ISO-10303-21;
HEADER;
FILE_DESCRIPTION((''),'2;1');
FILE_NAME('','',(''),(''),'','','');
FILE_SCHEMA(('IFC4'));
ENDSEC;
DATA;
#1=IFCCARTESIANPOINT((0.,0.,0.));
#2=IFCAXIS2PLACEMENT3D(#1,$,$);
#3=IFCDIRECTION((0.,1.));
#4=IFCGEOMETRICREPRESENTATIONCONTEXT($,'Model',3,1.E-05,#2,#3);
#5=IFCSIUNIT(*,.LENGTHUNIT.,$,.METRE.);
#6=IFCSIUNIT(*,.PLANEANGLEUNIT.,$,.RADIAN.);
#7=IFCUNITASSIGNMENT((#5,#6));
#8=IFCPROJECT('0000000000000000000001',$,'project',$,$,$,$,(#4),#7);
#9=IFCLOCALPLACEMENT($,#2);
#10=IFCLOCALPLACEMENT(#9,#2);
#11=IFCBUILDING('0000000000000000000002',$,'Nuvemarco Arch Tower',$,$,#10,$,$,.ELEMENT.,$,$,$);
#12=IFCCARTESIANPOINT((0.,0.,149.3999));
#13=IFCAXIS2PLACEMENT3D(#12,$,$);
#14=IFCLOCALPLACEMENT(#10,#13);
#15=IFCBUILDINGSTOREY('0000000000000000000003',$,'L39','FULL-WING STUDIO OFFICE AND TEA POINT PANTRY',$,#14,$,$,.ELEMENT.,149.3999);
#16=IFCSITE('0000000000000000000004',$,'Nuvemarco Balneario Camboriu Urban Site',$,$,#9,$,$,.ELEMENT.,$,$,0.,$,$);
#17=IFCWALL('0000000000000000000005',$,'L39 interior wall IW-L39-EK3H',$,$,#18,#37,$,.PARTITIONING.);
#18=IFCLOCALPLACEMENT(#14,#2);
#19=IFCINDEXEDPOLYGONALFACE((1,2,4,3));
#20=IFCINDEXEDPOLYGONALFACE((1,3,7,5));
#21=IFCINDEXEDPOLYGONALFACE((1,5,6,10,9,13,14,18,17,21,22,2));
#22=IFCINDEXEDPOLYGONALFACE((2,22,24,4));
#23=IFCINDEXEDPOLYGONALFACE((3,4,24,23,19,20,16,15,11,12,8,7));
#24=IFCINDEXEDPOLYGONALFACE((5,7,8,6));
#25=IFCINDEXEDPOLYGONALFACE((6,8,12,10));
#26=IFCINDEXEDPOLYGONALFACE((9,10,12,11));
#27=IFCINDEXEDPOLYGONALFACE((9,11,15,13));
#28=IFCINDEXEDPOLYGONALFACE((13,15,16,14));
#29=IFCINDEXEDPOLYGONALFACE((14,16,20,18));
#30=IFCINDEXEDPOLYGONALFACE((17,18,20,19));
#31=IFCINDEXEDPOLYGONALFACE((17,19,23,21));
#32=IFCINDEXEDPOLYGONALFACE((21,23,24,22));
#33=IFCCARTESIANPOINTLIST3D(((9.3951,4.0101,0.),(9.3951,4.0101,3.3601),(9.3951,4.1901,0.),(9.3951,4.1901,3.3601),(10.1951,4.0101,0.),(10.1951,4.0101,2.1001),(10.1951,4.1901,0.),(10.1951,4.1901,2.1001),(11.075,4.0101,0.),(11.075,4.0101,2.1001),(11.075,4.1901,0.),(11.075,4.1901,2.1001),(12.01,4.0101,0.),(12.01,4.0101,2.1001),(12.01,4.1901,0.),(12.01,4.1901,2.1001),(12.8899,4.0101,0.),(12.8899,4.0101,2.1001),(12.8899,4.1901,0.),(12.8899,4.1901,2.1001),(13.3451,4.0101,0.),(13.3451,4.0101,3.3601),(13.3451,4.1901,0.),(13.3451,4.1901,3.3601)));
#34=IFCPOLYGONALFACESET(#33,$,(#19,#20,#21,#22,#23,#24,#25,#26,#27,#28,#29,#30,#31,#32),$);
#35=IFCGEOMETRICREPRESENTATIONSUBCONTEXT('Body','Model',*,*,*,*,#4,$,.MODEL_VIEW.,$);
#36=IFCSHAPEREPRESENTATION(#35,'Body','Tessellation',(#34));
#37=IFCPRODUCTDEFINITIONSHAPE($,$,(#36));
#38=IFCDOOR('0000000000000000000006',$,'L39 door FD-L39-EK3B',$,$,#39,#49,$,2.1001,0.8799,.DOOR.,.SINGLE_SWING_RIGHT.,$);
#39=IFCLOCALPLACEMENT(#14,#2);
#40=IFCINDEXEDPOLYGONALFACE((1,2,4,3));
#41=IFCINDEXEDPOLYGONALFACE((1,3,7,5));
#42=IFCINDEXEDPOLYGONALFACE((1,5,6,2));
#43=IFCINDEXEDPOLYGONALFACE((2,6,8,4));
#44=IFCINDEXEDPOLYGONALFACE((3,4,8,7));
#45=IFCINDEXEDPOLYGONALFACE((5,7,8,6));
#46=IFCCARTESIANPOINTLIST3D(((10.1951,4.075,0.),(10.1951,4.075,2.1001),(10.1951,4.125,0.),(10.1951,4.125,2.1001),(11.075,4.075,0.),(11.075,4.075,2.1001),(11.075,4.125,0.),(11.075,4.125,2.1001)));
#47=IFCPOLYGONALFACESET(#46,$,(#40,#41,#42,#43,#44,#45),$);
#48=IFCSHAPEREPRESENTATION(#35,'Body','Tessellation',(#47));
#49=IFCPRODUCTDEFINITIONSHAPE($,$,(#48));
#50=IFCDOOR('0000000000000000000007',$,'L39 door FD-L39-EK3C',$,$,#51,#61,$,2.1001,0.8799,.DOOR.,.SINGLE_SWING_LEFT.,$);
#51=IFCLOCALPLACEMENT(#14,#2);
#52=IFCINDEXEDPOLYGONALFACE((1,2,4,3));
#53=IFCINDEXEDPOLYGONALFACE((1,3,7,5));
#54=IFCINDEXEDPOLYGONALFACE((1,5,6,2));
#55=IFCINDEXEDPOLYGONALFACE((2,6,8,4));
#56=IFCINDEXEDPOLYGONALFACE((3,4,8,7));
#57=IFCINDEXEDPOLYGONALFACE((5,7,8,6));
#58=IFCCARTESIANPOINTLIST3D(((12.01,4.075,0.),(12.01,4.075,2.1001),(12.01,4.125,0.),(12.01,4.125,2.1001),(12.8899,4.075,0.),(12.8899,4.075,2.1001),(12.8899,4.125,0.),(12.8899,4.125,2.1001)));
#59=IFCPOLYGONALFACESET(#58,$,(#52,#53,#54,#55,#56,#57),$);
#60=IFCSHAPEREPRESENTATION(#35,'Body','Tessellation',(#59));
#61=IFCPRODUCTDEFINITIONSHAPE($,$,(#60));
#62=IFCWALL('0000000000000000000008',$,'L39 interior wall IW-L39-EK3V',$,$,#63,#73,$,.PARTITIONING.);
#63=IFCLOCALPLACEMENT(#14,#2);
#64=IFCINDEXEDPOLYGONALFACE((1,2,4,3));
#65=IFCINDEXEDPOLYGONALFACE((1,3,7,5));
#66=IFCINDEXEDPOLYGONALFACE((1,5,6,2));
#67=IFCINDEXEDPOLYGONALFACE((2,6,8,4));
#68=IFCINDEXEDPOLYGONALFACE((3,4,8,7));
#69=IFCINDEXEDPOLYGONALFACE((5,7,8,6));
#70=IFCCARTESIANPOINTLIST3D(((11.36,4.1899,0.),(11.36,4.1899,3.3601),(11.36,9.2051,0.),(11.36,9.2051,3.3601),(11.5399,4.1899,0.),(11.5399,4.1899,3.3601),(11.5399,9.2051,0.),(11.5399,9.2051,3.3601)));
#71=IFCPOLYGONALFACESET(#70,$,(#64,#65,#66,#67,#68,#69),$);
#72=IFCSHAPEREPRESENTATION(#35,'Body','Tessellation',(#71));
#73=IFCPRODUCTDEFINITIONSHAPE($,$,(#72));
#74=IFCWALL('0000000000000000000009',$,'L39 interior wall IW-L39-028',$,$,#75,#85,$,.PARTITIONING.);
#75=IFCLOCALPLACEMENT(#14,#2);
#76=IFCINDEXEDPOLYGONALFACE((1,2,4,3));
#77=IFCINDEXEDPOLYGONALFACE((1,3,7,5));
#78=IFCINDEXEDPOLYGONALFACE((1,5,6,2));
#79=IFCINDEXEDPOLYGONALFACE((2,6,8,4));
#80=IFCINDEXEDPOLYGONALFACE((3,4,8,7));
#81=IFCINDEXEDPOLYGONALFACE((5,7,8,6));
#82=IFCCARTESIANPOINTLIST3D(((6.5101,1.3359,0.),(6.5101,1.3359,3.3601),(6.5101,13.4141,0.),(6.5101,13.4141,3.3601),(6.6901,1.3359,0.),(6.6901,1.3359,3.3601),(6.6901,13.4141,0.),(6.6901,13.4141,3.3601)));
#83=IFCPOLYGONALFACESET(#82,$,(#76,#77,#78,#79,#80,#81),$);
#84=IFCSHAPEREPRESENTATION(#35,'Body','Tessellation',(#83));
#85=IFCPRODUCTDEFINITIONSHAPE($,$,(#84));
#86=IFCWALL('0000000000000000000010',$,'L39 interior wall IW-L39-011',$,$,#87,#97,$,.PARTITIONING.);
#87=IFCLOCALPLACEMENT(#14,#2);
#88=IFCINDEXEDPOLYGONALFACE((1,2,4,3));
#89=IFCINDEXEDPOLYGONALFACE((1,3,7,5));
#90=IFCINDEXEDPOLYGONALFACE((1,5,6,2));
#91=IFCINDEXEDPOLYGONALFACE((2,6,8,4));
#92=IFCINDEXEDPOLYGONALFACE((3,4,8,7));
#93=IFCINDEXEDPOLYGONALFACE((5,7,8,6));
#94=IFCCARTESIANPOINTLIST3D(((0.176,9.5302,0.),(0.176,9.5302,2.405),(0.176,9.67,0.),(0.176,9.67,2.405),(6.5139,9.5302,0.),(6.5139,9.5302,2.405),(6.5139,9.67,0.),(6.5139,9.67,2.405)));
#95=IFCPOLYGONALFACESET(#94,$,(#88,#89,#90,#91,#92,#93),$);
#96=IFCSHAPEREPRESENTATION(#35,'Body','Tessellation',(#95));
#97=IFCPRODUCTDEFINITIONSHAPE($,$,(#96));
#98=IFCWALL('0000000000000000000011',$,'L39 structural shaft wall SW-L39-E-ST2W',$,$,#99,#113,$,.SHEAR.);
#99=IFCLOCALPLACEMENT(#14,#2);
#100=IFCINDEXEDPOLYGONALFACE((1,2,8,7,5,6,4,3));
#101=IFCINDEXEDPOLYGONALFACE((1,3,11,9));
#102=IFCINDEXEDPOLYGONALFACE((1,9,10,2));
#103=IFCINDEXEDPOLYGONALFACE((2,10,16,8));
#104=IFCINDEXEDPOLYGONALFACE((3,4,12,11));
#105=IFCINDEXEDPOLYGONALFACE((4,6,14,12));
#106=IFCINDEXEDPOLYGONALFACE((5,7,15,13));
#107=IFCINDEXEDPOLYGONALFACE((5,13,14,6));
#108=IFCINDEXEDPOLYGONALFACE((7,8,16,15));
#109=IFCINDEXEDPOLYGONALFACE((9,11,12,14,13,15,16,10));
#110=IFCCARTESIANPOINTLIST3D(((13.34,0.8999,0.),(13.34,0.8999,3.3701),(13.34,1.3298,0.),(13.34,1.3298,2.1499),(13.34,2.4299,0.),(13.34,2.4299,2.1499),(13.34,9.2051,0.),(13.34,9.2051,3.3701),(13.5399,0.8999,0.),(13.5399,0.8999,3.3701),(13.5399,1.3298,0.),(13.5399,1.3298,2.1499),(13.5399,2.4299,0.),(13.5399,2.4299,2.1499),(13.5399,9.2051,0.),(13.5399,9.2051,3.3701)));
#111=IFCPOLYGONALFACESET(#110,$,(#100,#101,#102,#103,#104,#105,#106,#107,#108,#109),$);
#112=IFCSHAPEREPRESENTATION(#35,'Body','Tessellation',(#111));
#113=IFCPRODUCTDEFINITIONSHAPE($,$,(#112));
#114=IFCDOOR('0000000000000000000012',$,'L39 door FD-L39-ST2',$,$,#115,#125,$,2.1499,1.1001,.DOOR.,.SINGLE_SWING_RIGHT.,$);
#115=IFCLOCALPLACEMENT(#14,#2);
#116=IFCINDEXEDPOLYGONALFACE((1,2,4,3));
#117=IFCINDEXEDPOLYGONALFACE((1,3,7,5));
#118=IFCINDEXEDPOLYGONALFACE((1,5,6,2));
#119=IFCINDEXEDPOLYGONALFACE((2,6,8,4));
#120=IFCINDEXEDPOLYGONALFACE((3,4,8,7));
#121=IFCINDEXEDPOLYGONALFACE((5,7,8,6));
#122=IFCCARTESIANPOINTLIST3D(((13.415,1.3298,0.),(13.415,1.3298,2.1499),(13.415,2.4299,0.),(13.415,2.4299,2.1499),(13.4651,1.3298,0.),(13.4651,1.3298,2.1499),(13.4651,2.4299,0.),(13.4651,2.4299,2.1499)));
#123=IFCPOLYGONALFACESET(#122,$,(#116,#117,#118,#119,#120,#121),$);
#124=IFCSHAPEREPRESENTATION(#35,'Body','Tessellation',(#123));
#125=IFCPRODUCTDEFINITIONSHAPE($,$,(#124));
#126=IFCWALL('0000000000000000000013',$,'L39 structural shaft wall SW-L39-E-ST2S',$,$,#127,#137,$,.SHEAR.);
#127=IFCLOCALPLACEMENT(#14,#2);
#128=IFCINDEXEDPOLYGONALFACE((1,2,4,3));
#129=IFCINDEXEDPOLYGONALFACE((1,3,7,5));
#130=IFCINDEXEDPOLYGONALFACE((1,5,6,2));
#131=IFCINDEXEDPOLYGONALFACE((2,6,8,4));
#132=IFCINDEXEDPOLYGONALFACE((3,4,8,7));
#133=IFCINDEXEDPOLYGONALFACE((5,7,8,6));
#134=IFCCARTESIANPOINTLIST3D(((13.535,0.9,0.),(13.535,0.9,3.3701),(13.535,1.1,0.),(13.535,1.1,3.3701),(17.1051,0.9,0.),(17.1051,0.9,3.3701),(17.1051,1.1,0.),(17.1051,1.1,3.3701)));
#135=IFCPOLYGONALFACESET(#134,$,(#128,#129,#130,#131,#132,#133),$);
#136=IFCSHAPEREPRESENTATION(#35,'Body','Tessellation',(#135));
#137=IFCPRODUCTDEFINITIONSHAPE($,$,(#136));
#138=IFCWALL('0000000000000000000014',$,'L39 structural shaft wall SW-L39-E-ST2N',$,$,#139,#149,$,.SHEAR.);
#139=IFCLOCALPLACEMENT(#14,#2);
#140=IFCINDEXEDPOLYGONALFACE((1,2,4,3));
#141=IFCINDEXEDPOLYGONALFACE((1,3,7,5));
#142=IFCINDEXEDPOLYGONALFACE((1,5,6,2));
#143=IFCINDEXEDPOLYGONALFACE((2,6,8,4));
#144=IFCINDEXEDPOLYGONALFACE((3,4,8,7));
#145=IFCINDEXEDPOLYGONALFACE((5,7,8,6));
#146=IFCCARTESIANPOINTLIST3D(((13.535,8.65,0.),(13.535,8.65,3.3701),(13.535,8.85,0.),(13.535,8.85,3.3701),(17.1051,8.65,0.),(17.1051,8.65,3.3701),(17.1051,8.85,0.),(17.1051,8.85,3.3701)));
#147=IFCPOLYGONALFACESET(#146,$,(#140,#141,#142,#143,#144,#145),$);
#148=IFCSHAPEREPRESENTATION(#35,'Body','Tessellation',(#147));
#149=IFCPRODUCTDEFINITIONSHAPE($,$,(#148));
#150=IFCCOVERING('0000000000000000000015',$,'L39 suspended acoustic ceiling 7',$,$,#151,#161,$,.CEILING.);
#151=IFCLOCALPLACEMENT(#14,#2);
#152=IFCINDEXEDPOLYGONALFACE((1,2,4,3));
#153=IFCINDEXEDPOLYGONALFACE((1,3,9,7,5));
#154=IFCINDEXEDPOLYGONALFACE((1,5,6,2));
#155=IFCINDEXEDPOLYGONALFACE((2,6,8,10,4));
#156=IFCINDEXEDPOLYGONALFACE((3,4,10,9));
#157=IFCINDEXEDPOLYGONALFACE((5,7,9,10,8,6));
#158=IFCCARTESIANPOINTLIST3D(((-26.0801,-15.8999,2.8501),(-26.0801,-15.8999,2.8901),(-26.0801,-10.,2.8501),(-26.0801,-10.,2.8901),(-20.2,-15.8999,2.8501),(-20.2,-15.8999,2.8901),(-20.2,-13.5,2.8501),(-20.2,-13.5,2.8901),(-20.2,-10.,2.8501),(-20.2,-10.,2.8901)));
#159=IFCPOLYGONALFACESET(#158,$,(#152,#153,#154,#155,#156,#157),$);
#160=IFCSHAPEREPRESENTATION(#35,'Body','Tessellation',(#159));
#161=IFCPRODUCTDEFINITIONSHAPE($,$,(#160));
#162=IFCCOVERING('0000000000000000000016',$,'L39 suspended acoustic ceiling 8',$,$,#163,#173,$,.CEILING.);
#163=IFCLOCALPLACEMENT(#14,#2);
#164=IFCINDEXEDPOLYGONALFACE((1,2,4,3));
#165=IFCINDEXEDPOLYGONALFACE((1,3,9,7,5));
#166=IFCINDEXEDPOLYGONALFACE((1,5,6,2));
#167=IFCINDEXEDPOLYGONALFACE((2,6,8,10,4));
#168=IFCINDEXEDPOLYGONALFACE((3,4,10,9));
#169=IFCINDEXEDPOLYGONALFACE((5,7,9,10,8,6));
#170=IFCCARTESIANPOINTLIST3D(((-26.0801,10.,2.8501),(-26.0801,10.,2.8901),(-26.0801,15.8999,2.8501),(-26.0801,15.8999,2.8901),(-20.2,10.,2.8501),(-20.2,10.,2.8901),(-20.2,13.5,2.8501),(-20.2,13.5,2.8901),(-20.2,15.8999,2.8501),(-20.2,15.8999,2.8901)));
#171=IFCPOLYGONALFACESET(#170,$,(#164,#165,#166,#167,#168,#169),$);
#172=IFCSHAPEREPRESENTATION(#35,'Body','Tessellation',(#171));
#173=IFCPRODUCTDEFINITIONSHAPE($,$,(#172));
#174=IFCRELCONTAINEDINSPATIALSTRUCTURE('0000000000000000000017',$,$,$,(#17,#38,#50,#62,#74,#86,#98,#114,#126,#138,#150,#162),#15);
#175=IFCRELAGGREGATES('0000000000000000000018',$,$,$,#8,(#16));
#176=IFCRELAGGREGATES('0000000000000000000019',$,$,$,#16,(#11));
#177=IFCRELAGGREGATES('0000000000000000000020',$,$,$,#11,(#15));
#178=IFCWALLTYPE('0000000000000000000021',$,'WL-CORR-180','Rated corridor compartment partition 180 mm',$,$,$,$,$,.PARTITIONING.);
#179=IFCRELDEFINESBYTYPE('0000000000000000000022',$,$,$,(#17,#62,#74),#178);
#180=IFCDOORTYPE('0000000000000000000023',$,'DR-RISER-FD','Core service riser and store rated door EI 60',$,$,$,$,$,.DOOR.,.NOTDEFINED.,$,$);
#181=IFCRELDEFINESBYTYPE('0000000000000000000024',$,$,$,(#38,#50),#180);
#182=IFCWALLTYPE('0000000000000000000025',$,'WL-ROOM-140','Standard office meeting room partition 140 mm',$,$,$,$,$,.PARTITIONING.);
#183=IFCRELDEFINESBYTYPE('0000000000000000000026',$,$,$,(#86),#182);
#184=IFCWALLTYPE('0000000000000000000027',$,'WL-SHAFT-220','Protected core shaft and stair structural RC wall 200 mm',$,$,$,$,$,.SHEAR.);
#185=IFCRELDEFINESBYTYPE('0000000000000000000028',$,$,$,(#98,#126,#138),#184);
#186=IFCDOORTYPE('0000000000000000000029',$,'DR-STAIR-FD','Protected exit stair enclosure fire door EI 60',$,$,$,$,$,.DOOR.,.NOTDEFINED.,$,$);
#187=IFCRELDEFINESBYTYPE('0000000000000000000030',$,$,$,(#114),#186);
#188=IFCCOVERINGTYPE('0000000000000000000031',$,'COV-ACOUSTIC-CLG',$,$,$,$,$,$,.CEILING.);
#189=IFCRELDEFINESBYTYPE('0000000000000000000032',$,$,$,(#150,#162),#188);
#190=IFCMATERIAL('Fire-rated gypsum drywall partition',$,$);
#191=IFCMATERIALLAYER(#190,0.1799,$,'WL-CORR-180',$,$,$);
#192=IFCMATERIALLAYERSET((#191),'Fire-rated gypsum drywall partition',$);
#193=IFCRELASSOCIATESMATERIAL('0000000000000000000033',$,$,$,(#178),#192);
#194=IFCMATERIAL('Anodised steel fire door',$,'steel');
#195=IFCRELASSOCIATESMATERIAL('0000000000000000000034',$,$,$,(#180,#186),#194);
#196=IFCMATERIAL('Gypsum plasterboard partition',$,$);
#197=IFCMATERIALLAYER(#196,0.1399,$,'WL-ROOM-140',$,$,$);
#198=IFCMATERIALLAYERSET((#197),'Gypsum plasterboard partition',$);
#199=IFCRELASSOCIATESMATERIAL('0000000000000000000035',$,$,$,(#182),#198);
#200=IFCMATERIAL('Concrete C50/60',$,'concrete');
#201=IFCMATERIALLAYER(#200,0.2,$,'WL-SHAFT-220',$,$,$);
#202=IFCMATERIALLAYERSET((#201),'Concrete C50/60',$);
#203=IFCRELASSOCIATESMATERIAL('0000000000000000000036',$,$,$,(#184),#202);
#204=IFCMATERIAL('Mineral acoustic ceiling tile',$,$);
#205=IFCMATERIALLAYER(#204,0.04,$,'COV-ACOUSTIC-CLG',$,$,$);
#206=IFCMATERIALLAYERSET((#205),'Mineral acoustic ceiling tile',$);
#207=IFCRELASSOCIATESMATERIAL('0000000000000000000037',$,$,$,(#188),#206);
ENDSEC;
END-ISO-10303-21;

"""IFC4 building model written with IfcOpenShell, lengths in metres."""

from ifc_helpers import new_model, si_unit, direction, frame, frame_2d, origin, place, context, subcontext, project, spatial, polyline, rectangle, outline, extrude, source, transform, mapped, material, layer, layer_set, type_object, type_shapes, element, fill, save


model = new_model("IFC4")

# Units and contexts
model_context = context("Model", 3, precision=1e-05, world=origin(), true_north=direction((0.0, 1.0)))
body_context = subcontext(model_context, "Body", "Model", "MODEL_VIEW")
ifc_project = project(units=[si_unit("LENGTHUNIT", "METRE"), si_unit("PLANEANGLEUNIT", "RADIAN")], contexts=[model_context])

# Site, building, storey
site_placement = place(None, origin())
site = spatial("IfcSite", under=ifc_project, at=site_placement, Name="Nuvemarco Balneario Camboriu Urban Site", CompositionType="ELEMENT", RefElevation=0.0)
building_placement = place(site_placement, origin())
building = spatial("IfcBuilding", under=site, at=building_placement, Name="Nuvemarco Arch Tower", CompositionType="ELEMENT")
storey_placement = place(building_placement, frame((0.0, 0.0, 149.3999)))
storey = spatial("IfcBuildingStorey", under=building, at=storey_placement, Name="L39", Description="FULL-WING STUDIO OFFICE AND TEA POINT PANTRY", CompositionType="ELEMENT", Elevation=149.3999)

# Shared definitions
ifc_material_1 = material(Name="Concrete C50/60", Category="concrete")

# Shared definitions
ifc_material_2 = material(Name="Fire-rated gypsum drywall partition")
ifc_layer_1 = layer(ifc_material_2, 0.1799, Name="WL-CORR-180")
ifc_layer_set_1 = layer_set([ifc_layer_1], Name="Fire-rated gypsum drywall partition")
wall_type_1 = type_object("IfcWallType", Name="WL-CORR-180", Description="Rated corridor compartment partition 180 mm", PredefinedType="PARTITIONING", material=ifc_layer_set_1)
ifc_material_3 = material(Name="Anodised steel fire door", Category="steel")
door_type_1 = type_object("IfcDoorType", Name="DR-RISER-FD", Description="Core service riser and store rated door EI 60", OperationType="NOTDEFINED", PredefinedType="DOOR", material=ifc_material_3)
shared_shape_1 = source(origin(), body_context, "Body", "SweptSolid", [
    extrude(rectangle(XDim=0.8799, YDim=2.1001, at=frame_2d((0.4399, 1.05))), frame((0.0, 0.0249, 0.0), z_axis=(0.0, -1.0, 0.0), x_axis=(1.0, 0.0, 0.0)), (0.0, 0.0, 1.0), 0.05),
])
type_shapes(door_type_1, [shared_shape_1])

# Wall, openings, doors
wall_1_placement = place(storey_placement, frame((9.395, 4.1001, 0.0), z_axis=(0.0, 0.0, 1.0), x_axis=(1.0, 0.0, 0.0)))
wall_1 = element("IfcWall", 1, at=wall_1_placement, inside=storey, type_object=wall_type_1, Name="L39 interior wall IW-L39-EK3H", PredefinedType="PARTITIONING", context=body_context, shape_type="SweptSolid", body=[
    extrude(rectangle(XDim=3.95, YDim=0.1799, at=frame_2d((1.9751, 0.0))), origin(), (0.0, 0.0, 1.0), 3.3601),
])
opening_1_placement = place(wall_1_placement, frame((0.8, 0.0, 0.0)))
opening_1 = element("IfcOpeningElement", 2, at=opening_1_placement, cuts=wall_1, PredefinedType="OPENING", context=body_context, shape_type="SweptSolid", body=[
    extrude(rectangle(XDim=0.8799, YDim=2.1001, at=frame_2d((0.4399, 1.05))), frame((0.0, 0.0999, 0.0), z_axis=(0.0, -1.0, 0.0), x_axis=(1.0, 0.0, 0.0)), (0.0, 0.0, 1.0), 0.2),
])
opening_2_placement = place(wall_1_placement, frame((2.615, 0.0, 0.0)))
opening_2 = element("IfcOpeningElement", 3, at=opening_2_placement, cuts=wall_1, PredefinedType="OPENING", context=body_context, shape_type="SweptSolid", body=[
    extrude(rectangle(XDim=0.8799, YDim=2.1001, at=frame_2d((0.4399, 1.05))), frame((0.0, 0.0999, 0.0), z_axis=(0.0, -1.0, 0.0), x_axis=(1.0, 0.0, 0.0)), (0.0, 0.0, 1.0), 0.2),
])
door_1_placement = place(opening_1_placement, origin())
door_1 = element("IfcDoor", 4, at=door_1_placement, inside=storey, type_object=door_type_1, Name="L39 door FD-L39-EK3B", OperationType="SINGLE_SWING_RIGHT", OverallHeight=2.1001, OverallWidth=0.8799, PredefinedType="DOOR", context=body_context, shape_type="MappedRepresentation", body=[
    mapped(shared_shape_1, transform((0.0, 0.0, 0.0), scale=1.0)),
])
fill(opening_1, door_1)
door_2_placement = place(opening_2_placement, origin())
door_2 = element("IfcDoor", 5, at=door_2_placement, inside=storey, type_object=door_type_1, Name="L39 door FD-L39-EK3C", OperationType="SINGLE_SWING_LEFT", OverallHeight=2.1001, OverallWidth=0.8799, PredefinedType="DOOR", context=body_context, shape_type="MappedRepresentation", body=[
    mapped(shared_shape_1, transform((0.0, 0.0, 0.0), scale=1.0)),
])
fill(opening_2, door_2)

# Walls
wall_2_placement = place(storey_placement, frame((11.45, 4.1899, 0.0), z_axis=(0.0, 0.0, 1.0), x_axis=(0.0, 1.0, 0.0)))
element("IfcWall", 6, at=wall_2_placement, inside=storey, type_object=wall_type_1, Name="L39 interior wall IW-L39-EK3V", PredefinedType="PARTITIONING", context=body_context, shape_type="SweptSolid", body=[
    extrude(rectangle(XDim=5.0151, YDim=0.1799, at=frame_2d((2.5076, 0.0))), origin(), (0.0, 0.0, 1.0), 3.3601),
])
wall_3_placement = place(storey_placement, frame((6.6001, 1.3359, 0.0), z_axis=(0.0, 0.0, 1.0), x_axis=(0.0, 1.0, 0.0)))
element("IfcWall", 7, at=wall_3_placement, inside=storey, type_object=wall_type_1, Name="L39 interior wall IW-L39-028", PredefinedType="PARTITIONING", context=body_context, shape_type="SweptSolid", body=[
    extrude(rectangle(XDim=12.0781, YDim=0.1799, at=frame_2d((6.0391, 0.0))), origin(), (0.0, 0.0, 1.0), 3.3601),
])
ifc_material_4 = material(Name="Gypsum plasterboard partition")
ifc_layer_2 = layer(ifc_material_4, 0.1399, Name="WL-ROOM-140")
ifc_layer_set_2 = layer_set([ifc_layer_2], Name="Gypsum plasterboard partition")
wall_type_2 = type_object("IfcWallType", Name="WL-ROOM-140", Description="Standard office meeting room partition 140 mm", PredefinedType="PARTITIONING", material=ifc_layer_set_2)
wall_4_placement = place(storey_placement, frame((0.176, 9.6001, 0.0), z_axis=(0.0, 0.0, 1.0), x_axis=(1.0, 0.0, 0.0)))
element("IfcWall", 8, at=wall_4_placement, inside=storey, type_object=wall_type_2, Name="L39 interior wall IW-L39-011", PredefinedType="PARTITIONING", context=body_context, shape_type="SweptSolid", body=[
    extrude(rectangle(XDim=6.3379, YDim=0.1399, at=frame_2d((3.1689, 0.0))), origin(), (0.0, 0.0, 1.0), 2.405),
])

# Wall, opening, door
ifc_layer_3 = layer(ifc_material_1, 0.2, Name="WL-SHAFT-220")
ifc_layer_set_3 = layer_set([ifc_layer_3], Name="Concrete C50/60")
wall_type_3 = type_object("IfcWallType", Name="WL-SHAFT-220", Description="Protected core shaft and stair structural RC wall 200 mm", PredefinedType="SHEAR", material=ifc_layer_set_3)
wall_5_placement = place(storey_placement, frame((13.4399, 0.8999, 0.0), z_axis=(0.0, 0.0, 1.0), x_axis=(0.0, 1.0, 0.0)))
wall_5 = element("IfcWall", 9, at=wall_5_placement, inside=storey, type_object=wall_type_3, Name="L39 structural shaft wall SW-L39-E-ST2W", PredefinedType="SHEAR", context=body_context, shape_type="SweptSolid", body=[
    extrude(rectangle(XDim=8.3052, YDim=0.2, at=frame_2d((4.1526, 0.0))), origin(), (0.0, 0.0, 1.0), 3.3701),
])
opening_3_placement = place(wall_5_placement, frame((0.4299, 0.0, 0.0)))
opening_3 = element("IfcOpeningElement", 10, at=opening_3_placement, cuts=wall_5, PredefinedType="OPENING", context=body_context, shape_type="SweptSolid", body=[
    extrude(rectangle(XDim=1.1001, YDim=2.1499, at=frame_2d((0.55, 1.075))), frame((0.0, 0.1099, 0.0), z_axis=(0.0, -1.0, 0.0), x_axis=(1.0, 0.0, 0.0)), (0.0, 0.0, 1.0), 0.22),
])
door_type_2 = type_object("IfcDoorType", Name="DR-STAIR-FD", Description="Protected exit stair enclosure fire door EI 60", OperationType="NOTDEFINED", PredefinedType="DOOR", material=ifc_material_3)
shared_shape_2 = source(origin(), body_context, "Body", "SweptSolid", [
    extrude(rectangle(XDim=1.1001, YDim=2.1499, at=frame_2d((0.55, 1.075))), frame((0.0, 0.0249, 0.0), z_axis=(0.0, -1.0, 0.0), x_axis=(1.0, 0.0, 0.0)), (0.0, 0.0, 1.0), 0.05),
])
type_shapes(door_type_2, [shared_shape_2])
door_3_placement = place(opening_3_placement, origin())
door_3 = element("IfcDoor", 11, at=door_3_placement, inside=storey, type_object=door_type_2, Name="L39 door FD-L39-ST2", OperationType="SINGLE_SWING_RIGHT", OverallHeight=2.1499, OverallWidth=1.1001, PredefinedType="DOOR", context=body_context, shape_type="MappedRepresentation", body=[
    mapped(shared_shape_2, transform((0.0, 0.0, 0.0), scale=1.0)),
])
fill(opening_3, door_3)

# Walls
for number, where, z_axis, x_axis, name in (
    (12, (13.5349, 1.0, 0.0), (0.0, 0.0, 1.0), (1.0, 0.0, 0.0), "L39 structural shaft wall SW-L39-E-ST2S"),
    (13, (13.5349, 8.75, 0.0), (0.0, 0.0, 1.0), (1.0, 0.0, 0.0), "L39 structural shaft wall SW-L39-E-ST2N"),
):
    element("IfcWall", number, at=place(storey_placement, frame(where, z_axis=z_axis, x_axis=x_axis)), inside=storey, type_object=wall_type_3, Name=name, PredefinedType="SHEAR", context=body_context, shape_type="SweptSolid", body=[
        extrude(rectangle(XDim=3.5701, YDim=0.2, at=frame_2d((1.7852, 0.0))), origin(), (0.0, 0.0, 1.0), 3.3701),
    ])

# Coverings
ifc_material_5 = material(Name="Mineral acoustic ceiling tile")
ifc_layer_4 = layer(ifc_material_5, 0.04, Name="COV-ACOUSTIC-CLG")
ifc_layer_set_4 = layer_set([ifc_layer_4], Name="Mineral acoustic ceiling tile")
covering_type_1 = type_object("IfcCoveringType", Name="COV-ACOUSTIC-CLG", PredefinedType="CEILING", material=ifc_layer_set_4)
covering_1_placement = place(storey_placement, frame((0.0, 0.0, 2.8501)))
element("IfcCovering", 14, at=covering_1_placement, inside=storey, type_object=covering_type_1, Name="L39 suspended acoustic ceiling 7", PredefinedType="CEILING", context=body_context, shape_type="SweptSolid", body=[
    extrude(outline(polyline([(-20.2, -13.5), (-20.2, -15.8999), (-26.0801, -15.8999), (-26.0801, -10.0), (-20.2, -10.0), (-20.2, -13.5)])), origin(), (0.0, 0.0, 1.0), 0.04),
])
covering_2_placement = place(storey_placement, frame((0.0, 0.0, 2.8501)))
element("IfcCovering", 15, at=covering_2_placement, inside=storey, type_object=covering_type_1, Name="L39 suspended acoustic ceiling 8", PredefinedType="CEILING", context=body_context, shape_type="SweptSolid", body=[
    extrude(outline(polyline([(-20.2, 15.8999), (-20.2, 13.5), (-20.2, 10.0), (-26.0801, 10.0), (-26.0801, 15.8999), (-20.2, 15.8999)])), origin(), (0.0, 0.0, 1.0), 0.04),
])

save(model, "model.ifc")
